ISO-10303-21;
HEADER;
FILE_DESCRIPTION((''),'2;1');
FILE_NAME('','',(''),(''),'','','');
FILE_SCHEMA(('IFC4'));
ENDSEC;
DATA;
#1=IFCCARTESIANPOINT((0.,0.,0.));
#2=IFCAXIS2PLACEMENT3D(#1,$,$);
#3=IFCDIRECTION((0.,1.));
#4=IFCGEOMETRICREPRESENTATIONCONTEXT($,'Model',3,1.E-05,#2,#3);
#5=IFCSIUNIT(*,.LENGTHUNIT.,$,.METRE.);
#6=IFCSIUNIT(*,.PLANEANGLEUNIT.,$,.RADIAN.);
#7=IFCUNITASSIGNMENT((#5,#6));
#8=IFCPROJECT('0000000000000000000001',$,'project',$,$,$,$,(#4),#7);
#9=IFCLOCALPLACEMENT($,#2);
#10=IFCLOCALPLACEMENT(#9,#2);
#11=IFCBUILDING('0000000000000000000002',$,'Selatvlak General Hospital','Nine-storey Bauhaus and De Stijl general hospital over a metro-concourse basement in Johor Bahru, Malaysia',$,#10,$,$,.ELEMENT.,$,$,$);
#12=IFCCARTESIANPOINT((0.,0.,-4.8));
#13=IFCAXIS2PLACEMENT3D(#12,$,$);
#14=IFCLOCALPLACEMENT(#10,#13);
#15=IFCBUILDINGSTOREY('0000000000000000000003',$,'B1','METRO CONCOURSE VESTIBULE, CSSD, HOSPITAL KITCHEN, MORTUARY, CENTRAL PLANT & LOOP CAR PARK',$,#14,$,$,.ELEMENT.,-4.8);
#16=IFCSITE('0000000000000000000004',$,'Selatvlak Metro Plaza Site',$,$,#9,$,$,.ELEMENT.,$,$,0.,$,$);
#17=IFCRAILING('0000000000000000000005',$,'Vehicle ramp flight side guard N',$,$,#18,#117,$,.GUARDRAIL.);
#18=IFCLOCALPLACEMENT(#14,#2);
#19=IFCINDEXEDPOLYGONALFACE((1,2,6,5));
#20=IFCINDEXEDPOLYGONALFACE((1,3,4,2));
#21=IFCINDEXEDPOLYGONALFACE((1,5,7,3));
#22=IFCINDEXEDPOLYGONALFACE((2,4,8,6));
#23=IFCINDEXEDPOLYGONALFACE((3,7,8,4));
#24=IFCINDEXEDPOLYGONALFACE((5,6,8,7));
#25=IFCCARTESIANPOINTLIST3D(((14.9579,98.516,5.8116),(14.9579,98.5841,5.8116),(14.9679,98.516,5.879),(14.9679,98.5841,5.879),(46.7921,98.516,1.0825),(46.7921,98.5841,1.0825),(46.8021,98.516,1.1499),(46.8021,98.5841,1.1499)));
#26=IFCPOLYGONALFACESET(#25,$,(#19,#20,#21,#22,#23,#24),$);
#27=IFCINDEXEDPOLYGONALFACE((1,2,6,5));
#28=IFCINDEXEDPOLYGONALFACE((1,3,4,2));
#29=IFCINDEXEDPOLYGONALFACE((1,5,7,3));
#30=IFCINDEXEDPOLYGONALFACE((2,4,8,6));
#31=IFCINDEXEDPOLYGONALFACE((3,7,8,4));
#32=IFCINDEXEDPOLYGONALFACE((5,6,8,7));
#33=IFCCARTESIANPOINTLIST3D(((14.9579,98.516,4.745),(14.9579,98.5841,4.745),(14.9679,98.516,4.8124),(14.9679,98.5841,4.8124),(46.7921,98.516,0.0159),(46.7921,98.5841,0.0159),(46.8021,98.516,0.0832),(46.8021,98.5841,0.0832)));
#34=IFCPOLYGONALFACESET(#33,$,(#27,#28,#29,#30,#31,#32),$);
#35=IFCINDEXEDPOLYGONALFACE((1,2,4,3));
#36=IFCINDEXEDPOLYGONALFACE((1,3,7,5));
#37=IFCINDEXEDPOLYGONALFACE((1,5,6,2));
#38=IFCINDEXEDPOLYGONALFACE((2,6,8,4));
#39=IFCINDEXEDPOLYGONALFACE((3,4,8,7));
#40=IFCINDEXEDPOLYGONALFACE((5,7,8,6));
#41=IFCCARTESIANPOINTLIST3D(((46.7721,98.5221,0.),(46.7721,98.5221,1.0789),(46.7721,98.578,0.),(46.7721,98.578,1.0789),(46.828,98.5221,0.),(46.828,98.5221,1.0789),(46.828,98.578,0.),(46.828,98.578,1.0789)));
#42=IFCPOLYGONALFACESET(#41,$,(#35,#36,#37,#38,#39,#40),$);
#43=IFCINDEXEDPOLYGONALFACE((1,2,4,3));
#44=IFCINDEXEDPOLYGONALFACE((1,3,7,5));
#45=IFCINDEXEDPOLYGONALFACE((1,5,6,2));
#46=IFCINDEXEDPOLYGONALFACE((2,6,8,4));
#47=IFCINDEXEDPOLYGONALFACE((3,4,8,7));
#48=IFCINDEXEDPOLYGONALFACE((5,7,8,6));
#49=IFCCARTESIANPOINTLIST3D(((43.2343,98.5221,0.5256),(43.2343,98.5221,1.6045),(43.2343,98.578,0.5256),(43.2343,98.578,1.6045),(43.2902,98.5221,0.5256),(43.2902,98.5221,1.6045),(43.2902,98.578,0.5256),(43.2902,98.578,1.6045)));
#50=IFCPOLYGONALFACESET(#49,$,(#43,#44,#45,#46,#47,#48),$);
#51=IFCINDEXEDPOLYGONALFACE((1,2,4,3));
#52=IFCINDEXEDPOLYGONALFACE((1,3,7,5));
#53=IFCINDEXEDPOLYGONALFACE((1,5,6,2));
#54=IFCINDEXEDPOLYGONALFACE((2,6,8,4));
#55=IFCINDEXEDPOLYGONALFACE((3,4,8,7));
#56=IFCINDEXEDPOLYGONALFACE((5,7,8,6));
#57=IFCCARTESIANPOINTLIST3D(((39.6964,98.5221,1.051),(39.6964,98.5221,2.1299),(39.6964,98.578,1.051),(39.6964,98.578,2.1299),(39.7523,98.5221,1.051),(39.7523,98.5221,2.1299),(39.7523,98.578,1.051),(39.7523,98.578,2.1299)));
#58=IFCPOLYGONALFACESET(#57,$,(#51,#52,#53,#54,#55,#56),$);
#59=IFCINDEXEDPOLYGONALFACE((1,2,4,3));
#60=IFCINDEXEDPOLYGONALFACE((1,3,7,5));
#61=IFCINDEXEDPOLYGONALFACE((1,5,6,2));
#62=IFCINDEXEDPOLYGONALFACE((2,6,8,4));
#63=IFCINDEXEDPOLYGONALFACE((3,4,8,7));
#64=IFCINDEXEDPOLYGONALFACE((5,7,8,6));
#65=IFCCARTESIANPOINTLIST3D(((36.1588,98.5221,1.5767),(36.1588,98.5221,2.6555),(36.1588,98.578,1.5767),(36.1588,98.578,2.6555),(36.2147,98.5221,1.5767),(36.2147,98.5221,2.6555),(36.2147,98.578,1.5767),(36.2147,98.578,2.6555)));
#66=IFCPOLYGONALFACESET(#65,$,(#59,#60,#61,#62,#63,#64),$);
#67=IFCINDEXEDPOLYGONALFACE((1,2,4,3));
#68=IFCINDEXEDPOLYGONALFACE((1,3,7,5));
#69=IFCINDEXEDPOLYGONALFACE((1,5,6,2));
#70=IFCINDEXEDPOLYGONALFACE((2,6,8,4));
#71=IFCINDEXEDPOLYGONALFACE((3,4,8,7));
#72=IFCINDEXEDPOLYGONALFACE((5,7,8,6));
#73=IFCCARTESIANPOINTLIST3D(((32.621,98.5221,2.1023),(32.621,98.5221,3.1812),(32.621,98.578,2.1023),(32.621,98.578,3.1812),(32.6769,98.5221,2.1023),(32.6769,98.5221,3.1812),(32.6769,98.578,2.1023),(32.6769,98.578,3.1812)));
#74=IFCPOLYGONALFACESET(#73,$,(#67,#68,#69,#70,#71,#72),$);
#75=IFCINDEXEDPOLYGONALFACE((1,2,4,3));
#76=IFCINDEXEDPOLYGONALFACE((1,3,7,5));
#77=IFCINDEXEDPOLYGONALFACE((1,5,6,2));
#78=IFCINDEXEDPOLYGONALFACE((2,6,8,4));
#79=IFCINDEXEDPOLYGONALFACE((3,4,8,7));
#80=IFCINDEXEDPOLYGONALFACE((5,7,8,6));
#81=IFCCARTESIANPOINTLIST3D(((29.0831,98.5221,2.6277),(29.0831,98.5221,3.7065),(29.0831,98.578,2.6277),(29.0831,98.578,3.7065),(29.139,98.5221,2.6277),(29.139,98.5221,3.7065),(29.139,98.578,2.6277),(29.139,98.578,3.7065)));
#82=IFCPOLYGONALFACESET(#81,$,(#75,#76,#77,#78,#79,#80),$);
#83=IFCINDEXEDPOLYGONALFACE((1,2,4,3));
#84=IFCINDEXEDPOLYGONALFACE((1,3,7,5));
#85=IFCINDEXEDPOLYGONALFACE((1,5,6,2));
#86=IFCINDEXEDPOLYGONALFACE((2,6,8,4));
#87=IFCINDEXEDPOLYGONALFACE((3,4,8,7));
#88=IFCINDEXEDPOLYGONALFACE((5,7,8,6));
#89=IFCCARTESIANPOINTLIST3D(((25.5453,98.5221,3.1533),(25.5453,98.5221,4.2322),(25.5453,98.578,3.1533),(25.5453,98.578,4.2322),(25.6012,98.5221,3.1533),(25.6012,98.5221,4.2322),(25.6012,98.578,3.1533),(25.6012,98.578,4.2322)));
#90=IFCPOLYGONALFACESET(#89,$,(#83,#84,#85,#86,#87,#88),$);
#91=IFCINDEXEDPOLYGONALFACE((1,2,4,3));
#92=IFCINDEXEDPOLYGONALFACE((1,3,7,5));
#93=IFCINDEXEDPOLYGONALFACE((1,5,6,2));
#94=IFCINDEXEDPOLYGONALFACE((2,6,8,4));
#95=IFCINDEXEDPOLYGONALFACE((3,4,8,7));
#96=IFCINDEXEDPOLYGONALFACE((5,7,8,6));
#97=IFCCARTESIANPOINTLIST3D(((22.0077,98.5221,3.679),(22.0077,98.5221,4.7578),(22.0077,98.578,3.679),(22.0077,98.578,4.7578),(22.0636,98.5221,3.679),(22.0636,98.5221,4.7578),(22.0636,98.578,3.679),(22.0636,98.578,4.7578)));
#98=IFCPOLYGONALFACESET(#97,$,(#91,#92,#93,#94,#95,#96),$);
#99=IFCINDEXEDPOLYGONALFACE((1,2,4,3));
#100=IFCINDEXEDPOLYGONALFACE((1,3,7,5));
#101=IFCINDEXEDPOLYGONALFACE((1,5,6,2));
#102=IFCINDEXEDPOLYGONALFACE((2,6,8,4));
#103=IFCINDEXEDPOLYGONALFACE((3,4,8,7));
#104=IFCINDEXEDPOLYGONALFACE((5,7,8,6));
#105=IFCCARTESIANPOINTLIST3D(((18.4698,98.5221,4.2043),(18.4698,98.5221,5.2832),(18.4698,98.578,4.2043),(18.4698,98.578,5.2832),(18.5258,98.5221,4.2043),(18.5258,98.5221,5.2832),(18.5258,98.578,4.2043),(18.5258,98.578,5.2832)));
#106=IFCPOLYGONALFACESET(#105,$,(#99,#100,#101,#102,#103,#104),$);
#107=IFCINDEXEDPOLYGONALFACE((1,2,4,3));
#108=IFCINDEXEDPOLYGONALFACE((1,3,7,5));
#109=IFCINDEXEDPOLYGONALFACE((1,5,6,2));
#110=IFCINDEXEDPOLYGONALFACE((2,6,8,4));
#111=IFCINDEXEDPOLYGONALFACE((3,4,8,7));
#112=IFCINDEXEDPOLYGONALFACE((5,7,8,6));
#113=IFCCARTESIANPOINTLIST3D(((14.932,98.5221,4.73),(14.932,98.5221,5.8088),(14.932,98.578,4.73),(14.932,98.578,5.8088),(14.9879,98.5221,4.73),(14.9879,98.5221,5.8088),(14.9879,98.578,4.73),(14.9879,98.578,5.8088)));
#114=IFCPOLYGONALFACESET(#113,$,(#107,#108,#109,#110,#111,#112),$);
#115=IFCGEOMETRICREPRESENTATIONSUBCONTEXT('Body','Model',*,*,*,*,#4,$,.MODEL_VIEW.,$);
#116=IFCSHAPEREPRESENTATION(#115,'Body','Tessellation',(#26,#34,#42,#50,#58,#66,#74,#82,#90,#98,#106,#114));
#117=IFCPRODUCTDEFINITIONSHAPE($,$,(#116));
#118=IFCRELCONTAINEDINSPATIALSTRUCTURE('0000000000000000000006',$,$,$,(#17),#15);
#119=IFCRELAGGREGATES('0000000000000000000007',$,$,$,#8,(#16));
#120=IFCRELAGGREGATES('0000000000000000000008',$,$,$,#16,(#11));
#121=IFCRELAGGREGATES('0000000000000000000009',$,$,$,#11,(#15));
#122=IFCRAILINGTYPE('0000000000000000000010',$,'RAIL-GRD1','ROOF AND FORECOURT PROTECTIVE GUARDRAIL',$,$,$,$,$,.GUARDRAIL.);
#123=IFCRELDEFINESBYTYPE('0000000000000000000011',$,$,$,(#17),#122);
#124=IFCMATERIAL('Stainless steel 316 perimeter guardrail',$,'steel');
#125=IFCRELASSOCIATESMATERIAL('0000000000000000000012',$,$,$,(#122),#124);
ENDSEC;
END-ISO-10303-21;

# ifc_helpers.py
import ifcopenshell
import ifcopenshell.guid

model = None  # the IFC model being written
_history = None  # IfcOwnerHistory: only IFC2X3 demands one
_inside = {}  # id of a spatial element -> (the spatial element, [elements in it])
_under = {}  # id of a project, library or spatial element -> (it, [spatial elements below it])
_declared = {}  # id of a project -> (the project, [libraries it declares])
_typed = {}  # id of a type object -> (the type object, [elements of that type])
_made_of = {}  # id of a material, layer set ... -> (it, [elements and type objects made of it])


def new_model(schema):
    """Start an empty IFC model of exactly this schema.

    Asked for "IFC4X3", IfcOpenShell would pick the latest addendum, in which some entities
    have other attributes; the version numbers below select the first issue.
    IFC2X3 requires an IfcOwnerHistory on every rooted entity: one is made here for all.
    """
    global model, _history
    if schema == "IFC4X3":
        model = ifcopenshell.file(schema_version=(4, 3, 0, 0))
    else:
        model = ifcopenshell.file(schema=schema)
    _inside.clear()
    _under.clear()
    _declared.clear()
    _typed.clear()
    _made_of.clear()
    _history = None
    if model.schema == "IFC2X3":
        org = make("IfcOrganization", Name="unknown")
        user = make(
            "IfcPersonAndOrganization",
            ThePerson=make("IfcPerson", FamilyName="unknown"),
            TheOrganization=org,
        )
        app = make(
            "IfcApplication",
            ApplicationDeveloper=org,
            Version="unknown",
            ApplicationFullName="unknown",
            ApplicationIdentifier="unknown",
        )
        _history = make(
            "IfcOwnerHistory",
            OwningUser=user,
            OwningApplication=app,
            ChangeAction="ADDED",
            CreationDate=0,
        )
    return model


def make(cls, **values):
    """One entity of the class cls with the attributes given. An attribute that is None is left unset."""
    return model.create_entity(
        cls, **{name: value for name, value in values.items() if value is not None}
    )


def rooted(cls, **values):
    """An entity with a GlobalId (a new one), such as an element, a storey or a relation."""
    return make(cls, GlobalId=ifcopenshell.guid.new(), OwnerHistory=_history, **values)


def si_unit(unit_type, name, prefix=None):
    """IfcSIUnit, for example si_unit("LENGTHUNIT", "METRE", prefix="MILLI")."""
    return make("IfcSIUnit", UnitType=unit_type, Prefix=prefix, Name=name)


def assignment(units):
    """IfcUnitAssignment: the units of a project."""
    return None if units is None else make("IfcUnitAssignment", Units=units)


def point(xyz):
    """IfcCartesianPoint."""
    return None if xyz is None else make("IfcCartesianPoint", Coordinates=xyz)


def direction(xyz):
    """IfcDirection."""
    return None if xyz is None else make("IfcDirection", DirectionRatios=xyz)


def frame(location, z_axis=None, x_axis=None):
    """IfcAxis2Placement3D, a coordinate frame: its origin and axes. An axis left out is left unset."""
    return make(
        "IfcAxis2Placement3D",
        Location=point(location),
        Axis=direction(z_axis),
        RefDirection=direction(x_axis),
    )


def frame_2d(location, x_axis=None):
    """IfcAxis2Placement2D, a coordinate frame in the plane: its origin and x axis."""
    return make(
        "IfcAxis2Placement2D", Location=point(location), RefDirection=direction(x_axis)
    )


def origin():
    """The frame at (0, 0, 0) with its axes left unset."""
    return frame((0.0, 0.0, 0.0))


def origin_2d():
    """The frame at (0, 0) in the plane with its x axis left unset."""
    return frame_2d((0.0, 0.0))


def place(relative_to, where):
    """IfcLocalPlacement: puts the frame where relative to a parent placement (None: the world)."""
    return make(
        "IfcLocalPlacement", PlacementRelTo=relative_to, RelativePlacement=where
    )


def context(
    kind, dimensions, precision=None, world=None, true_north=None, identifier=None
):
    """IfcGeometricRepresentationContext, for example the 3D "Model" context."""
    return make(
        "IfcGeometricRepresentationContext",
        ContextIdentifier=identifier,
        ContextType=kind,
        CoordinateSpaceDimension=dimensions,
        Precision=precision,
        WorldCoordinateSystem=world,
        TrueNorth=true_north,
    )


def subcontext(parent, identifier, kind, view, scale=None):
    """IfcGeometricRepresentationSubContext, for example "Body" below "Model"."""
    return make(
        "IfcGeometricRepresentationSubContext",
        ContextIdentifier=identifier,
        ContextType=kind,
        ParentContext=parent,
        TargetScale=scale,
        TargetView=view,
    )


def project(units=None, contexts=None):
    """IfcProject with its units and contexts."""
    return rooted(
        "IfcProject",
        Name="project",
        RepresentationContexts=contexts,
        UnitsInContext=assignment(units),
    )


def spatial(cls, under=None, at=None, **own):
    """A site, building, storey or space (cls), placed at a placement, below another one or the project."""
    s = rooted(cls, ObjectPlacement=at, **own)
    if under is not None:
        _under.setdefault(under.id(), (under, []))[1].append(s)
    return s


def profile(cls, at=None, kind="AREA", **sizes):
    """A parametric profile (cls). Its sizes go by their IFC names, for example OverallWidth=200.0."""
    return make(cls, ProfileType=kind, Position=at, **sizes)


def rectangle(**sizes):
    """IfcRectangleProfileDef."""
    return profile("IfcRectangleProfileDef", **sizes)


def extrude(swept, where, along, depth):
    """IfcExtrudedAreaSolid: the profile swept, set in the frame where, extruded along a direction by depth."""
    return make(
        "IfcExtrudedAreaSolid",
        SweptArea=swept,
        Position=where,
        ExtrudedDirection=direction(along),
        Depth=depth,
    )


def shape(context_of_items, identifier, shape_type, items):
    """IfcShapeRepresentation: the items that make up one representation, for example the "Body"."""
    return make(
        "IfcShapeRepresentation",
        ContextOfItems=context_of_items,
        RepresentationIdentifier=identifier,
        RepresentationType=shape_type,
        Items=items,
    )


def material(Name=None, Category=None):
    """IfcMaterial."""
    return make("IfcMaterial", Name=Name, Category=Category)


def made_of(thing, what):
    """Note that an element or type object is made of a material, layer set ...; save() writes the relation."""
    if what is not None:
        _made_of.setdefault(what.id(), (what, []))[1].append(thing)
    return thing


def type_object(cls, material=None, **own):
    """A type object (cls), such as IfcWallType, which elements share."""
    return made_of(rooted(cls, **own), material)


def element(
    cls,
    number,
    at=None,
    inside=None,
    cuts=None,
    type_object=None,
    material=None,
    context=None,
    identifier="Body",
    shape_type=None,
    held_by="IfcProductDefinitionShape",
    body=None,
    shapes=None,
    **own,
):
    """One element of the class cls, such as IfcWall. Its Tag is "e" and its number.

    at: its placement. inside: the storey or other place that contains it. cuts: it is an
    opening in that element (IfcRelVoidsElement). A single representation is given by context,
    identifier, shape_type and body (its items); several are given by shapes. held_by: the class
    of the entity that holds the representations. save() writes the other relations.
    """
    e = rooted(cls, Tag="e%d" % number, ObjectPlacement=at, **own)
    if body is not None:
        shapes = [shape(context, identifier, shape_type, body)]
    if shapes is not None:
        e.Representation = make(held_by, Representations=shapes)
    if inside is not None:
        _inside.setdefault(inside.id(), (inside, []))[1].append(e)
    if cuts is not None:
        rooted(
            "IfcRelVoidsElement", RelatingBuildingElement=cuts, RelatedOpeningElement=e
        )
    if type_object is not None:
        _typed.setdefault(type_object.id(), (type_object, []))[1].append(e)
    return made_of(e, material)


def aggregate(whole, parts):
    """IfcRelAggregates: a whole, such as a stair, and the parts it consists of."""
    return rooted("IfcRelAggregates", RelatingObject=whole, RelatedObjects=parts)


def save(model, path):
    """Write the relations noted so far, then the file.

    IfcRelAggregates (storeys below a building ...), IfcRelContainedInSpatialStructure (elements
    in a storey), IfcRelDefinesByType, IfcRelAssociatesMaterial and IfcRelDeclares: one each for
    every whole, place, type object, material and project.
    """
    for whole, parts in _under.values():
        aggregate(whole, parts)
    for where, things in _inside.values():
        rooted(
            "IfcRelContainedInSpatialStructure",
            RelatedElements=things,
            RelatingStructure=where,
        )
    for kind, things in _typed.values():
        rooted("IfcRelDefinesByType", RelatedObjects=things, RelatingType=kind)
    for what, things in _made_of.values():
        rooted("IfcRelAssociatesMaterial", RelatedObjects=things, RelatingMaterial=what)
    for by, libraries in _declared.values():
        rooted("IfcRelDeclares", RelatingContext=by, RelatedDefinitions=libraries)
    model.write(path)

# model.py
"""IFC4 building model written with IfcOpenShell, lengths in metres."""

from ifc_helpers import new_model, si_unit, direction, frame, origin, origin_2d, place, context, subcontext, project, spatial, rectangle, extrude, material, type_object, element, save


model = new_model("IFC4")

# Units and contexts
model_context = context("Model", 3, precision=1e-05, world=origin(), true_north=direction((0.0, 1.0)))
body_context = subcontext(model_context, "Body", "Model", "MODEL_VIEW")
ifc_project = project(units=[si_unit("LENGTHUNIT", "METRE"), si_unit("PLANEANGLEUNIT", "RADIAN")], contexts=[model_context])

# Site, building, storey
site_placement = place(None, origin())
site = spatial("IfcSite", under=ifc_project, at=site_placement, Name="Selatvlak Metro Plaza Site", CompositionType="ELEMENT", RefElevation=0.0)
building_placement = place(site_placement, origin())
building = spatial("IfcBuilding", under=site, at=building_placement, Name="Selatvlak General Hospital", Description="Nine-storey Bauhaus and De Stijl general hospital over a metro-concourse basement in Johor Bahru, Malaysia", CompositionType="ELEMENT")
storey_placement = place(building_placement, frame((0.0, 0.0, -4.8)))
storey = spatial("IfcBuildingStorey", under=building, at=storey_placement, Name="B1", Description="METRO CONCOURSE VESTIBULE, CSSD, HOSPITAL KITCHEN, MORTUARY, CENTRAL PLANT & LOOP CAR PARK", CompositionType="ELEMENT", Elevation=-4.8)

# Railing
ifc_material_1 = material(Name="Stainless steel 316 perimeter guardrail", Category="steel")
railing_type = type_object("IfcRailingType", Name="RAIL-GRD1", Description="ROOF AND FORECOURT PROTECTIVE GUARDRAIL", PredefinedType="GUARDRAIL", material=ifc_material_1)
railing_1_placement = place(storey_placement, frame((46.8, 98.55, 0.0)))
element("IfcRailing", 1, at=railing_1_placement, inside=storey, type_object=railing_type, Name="Vehicle ramp flight side guard N", PredefinedType="GUARDRAIL", context=body_context, shape_type="SweptSolid", body=[
    extrude(rectangle(XDim=0.0681, YDim=0.0681, at=origin_2d()), frame((-0.0029, 0.0, 1.1162), z_axis=(-0.989145, 0.0, 0.146942), x_axis=(0.0, -1.0, 0.0)), (0.0, 0.0, 1.0), 32.1836),
    extrude(rectangle(XDim=0.0681, YDim=0.0681, at=origin_2d()), frame((-0.0029, 0.0, 0.0496), z_axis=(-0.989145, 0.0, 0.146942), x_axis=(0.0, -1.0, 0.0)), (0.0, 0.0, 1.0), 32.1836),
    extrude(rectangle(XDim=0.0559, YDim=0.0559, at=origin_2d()), origin(), (0.0, 0.0, 1.0), 1.0789),
    extrude(rectangle(XDim=0.0559, YDim=0.0559, at=origin_2d()), frame((-3.5378, 0.0, 0.5256)), (0.0, 0.0, 1.0), 1.0789),
    extrude(rectangle(XDim=0.0559, YDim=0.0559, at=origin_2d()), frame((-7.0757, 0.0, 1.051)), (0.0, 0.0, 1.0), 1.0789),
    extrude(rectangle(XDim=0.0559, YDim=0.0559, at=origin_2d()), frame((-10.6133, 0.0, 1.5767)), (0.0, 0.0, 1.0), 1.0789),
    extrude(rectangle(XDim=0.0559, YDim=0.0559, at=origin_2d()), frame((-14.1511, 0.0, 2.1023)), (0.0, 0.0, 1.0), 1.0789),
    extrude(rectangle(XDim=0.0559, YDim=0.0559, at=origin_2d()), frame((-17.689, 0.0, 2.6277)), (0.0, 0.0, 1.0), 1.0789),
    extrude(rectangle(XDim=0.0559, YDim=0.0559, at=origin_2d()), frame((-21.2268, 0.0, 3.1533)), (0.0, 0.0, 1.0), 1.0789),
    extrude(rectangle(XDim=0.0559, YDim=0.0559, at=origin_2d()), frame((-24.7644, 0.0, 3.679)), (0.0, 0.0, 1.0), 1.0789),
    extrude(rectangle(XDim=0.0559, YDim=0.0559, at=origin_2d()), frame((-28.3022, 0.0, 4.2043)), (0.0, 0.0, 1.0), 1.0789),
    extrude(rectangle(XDim=0.0559, YDim=0.0559, at=origin_2d()), frame((-31.8401, 0.0, 4.73)), (0.0, 0.0, 1.0), 1.0789),
])

save(model, "model.ifc")
